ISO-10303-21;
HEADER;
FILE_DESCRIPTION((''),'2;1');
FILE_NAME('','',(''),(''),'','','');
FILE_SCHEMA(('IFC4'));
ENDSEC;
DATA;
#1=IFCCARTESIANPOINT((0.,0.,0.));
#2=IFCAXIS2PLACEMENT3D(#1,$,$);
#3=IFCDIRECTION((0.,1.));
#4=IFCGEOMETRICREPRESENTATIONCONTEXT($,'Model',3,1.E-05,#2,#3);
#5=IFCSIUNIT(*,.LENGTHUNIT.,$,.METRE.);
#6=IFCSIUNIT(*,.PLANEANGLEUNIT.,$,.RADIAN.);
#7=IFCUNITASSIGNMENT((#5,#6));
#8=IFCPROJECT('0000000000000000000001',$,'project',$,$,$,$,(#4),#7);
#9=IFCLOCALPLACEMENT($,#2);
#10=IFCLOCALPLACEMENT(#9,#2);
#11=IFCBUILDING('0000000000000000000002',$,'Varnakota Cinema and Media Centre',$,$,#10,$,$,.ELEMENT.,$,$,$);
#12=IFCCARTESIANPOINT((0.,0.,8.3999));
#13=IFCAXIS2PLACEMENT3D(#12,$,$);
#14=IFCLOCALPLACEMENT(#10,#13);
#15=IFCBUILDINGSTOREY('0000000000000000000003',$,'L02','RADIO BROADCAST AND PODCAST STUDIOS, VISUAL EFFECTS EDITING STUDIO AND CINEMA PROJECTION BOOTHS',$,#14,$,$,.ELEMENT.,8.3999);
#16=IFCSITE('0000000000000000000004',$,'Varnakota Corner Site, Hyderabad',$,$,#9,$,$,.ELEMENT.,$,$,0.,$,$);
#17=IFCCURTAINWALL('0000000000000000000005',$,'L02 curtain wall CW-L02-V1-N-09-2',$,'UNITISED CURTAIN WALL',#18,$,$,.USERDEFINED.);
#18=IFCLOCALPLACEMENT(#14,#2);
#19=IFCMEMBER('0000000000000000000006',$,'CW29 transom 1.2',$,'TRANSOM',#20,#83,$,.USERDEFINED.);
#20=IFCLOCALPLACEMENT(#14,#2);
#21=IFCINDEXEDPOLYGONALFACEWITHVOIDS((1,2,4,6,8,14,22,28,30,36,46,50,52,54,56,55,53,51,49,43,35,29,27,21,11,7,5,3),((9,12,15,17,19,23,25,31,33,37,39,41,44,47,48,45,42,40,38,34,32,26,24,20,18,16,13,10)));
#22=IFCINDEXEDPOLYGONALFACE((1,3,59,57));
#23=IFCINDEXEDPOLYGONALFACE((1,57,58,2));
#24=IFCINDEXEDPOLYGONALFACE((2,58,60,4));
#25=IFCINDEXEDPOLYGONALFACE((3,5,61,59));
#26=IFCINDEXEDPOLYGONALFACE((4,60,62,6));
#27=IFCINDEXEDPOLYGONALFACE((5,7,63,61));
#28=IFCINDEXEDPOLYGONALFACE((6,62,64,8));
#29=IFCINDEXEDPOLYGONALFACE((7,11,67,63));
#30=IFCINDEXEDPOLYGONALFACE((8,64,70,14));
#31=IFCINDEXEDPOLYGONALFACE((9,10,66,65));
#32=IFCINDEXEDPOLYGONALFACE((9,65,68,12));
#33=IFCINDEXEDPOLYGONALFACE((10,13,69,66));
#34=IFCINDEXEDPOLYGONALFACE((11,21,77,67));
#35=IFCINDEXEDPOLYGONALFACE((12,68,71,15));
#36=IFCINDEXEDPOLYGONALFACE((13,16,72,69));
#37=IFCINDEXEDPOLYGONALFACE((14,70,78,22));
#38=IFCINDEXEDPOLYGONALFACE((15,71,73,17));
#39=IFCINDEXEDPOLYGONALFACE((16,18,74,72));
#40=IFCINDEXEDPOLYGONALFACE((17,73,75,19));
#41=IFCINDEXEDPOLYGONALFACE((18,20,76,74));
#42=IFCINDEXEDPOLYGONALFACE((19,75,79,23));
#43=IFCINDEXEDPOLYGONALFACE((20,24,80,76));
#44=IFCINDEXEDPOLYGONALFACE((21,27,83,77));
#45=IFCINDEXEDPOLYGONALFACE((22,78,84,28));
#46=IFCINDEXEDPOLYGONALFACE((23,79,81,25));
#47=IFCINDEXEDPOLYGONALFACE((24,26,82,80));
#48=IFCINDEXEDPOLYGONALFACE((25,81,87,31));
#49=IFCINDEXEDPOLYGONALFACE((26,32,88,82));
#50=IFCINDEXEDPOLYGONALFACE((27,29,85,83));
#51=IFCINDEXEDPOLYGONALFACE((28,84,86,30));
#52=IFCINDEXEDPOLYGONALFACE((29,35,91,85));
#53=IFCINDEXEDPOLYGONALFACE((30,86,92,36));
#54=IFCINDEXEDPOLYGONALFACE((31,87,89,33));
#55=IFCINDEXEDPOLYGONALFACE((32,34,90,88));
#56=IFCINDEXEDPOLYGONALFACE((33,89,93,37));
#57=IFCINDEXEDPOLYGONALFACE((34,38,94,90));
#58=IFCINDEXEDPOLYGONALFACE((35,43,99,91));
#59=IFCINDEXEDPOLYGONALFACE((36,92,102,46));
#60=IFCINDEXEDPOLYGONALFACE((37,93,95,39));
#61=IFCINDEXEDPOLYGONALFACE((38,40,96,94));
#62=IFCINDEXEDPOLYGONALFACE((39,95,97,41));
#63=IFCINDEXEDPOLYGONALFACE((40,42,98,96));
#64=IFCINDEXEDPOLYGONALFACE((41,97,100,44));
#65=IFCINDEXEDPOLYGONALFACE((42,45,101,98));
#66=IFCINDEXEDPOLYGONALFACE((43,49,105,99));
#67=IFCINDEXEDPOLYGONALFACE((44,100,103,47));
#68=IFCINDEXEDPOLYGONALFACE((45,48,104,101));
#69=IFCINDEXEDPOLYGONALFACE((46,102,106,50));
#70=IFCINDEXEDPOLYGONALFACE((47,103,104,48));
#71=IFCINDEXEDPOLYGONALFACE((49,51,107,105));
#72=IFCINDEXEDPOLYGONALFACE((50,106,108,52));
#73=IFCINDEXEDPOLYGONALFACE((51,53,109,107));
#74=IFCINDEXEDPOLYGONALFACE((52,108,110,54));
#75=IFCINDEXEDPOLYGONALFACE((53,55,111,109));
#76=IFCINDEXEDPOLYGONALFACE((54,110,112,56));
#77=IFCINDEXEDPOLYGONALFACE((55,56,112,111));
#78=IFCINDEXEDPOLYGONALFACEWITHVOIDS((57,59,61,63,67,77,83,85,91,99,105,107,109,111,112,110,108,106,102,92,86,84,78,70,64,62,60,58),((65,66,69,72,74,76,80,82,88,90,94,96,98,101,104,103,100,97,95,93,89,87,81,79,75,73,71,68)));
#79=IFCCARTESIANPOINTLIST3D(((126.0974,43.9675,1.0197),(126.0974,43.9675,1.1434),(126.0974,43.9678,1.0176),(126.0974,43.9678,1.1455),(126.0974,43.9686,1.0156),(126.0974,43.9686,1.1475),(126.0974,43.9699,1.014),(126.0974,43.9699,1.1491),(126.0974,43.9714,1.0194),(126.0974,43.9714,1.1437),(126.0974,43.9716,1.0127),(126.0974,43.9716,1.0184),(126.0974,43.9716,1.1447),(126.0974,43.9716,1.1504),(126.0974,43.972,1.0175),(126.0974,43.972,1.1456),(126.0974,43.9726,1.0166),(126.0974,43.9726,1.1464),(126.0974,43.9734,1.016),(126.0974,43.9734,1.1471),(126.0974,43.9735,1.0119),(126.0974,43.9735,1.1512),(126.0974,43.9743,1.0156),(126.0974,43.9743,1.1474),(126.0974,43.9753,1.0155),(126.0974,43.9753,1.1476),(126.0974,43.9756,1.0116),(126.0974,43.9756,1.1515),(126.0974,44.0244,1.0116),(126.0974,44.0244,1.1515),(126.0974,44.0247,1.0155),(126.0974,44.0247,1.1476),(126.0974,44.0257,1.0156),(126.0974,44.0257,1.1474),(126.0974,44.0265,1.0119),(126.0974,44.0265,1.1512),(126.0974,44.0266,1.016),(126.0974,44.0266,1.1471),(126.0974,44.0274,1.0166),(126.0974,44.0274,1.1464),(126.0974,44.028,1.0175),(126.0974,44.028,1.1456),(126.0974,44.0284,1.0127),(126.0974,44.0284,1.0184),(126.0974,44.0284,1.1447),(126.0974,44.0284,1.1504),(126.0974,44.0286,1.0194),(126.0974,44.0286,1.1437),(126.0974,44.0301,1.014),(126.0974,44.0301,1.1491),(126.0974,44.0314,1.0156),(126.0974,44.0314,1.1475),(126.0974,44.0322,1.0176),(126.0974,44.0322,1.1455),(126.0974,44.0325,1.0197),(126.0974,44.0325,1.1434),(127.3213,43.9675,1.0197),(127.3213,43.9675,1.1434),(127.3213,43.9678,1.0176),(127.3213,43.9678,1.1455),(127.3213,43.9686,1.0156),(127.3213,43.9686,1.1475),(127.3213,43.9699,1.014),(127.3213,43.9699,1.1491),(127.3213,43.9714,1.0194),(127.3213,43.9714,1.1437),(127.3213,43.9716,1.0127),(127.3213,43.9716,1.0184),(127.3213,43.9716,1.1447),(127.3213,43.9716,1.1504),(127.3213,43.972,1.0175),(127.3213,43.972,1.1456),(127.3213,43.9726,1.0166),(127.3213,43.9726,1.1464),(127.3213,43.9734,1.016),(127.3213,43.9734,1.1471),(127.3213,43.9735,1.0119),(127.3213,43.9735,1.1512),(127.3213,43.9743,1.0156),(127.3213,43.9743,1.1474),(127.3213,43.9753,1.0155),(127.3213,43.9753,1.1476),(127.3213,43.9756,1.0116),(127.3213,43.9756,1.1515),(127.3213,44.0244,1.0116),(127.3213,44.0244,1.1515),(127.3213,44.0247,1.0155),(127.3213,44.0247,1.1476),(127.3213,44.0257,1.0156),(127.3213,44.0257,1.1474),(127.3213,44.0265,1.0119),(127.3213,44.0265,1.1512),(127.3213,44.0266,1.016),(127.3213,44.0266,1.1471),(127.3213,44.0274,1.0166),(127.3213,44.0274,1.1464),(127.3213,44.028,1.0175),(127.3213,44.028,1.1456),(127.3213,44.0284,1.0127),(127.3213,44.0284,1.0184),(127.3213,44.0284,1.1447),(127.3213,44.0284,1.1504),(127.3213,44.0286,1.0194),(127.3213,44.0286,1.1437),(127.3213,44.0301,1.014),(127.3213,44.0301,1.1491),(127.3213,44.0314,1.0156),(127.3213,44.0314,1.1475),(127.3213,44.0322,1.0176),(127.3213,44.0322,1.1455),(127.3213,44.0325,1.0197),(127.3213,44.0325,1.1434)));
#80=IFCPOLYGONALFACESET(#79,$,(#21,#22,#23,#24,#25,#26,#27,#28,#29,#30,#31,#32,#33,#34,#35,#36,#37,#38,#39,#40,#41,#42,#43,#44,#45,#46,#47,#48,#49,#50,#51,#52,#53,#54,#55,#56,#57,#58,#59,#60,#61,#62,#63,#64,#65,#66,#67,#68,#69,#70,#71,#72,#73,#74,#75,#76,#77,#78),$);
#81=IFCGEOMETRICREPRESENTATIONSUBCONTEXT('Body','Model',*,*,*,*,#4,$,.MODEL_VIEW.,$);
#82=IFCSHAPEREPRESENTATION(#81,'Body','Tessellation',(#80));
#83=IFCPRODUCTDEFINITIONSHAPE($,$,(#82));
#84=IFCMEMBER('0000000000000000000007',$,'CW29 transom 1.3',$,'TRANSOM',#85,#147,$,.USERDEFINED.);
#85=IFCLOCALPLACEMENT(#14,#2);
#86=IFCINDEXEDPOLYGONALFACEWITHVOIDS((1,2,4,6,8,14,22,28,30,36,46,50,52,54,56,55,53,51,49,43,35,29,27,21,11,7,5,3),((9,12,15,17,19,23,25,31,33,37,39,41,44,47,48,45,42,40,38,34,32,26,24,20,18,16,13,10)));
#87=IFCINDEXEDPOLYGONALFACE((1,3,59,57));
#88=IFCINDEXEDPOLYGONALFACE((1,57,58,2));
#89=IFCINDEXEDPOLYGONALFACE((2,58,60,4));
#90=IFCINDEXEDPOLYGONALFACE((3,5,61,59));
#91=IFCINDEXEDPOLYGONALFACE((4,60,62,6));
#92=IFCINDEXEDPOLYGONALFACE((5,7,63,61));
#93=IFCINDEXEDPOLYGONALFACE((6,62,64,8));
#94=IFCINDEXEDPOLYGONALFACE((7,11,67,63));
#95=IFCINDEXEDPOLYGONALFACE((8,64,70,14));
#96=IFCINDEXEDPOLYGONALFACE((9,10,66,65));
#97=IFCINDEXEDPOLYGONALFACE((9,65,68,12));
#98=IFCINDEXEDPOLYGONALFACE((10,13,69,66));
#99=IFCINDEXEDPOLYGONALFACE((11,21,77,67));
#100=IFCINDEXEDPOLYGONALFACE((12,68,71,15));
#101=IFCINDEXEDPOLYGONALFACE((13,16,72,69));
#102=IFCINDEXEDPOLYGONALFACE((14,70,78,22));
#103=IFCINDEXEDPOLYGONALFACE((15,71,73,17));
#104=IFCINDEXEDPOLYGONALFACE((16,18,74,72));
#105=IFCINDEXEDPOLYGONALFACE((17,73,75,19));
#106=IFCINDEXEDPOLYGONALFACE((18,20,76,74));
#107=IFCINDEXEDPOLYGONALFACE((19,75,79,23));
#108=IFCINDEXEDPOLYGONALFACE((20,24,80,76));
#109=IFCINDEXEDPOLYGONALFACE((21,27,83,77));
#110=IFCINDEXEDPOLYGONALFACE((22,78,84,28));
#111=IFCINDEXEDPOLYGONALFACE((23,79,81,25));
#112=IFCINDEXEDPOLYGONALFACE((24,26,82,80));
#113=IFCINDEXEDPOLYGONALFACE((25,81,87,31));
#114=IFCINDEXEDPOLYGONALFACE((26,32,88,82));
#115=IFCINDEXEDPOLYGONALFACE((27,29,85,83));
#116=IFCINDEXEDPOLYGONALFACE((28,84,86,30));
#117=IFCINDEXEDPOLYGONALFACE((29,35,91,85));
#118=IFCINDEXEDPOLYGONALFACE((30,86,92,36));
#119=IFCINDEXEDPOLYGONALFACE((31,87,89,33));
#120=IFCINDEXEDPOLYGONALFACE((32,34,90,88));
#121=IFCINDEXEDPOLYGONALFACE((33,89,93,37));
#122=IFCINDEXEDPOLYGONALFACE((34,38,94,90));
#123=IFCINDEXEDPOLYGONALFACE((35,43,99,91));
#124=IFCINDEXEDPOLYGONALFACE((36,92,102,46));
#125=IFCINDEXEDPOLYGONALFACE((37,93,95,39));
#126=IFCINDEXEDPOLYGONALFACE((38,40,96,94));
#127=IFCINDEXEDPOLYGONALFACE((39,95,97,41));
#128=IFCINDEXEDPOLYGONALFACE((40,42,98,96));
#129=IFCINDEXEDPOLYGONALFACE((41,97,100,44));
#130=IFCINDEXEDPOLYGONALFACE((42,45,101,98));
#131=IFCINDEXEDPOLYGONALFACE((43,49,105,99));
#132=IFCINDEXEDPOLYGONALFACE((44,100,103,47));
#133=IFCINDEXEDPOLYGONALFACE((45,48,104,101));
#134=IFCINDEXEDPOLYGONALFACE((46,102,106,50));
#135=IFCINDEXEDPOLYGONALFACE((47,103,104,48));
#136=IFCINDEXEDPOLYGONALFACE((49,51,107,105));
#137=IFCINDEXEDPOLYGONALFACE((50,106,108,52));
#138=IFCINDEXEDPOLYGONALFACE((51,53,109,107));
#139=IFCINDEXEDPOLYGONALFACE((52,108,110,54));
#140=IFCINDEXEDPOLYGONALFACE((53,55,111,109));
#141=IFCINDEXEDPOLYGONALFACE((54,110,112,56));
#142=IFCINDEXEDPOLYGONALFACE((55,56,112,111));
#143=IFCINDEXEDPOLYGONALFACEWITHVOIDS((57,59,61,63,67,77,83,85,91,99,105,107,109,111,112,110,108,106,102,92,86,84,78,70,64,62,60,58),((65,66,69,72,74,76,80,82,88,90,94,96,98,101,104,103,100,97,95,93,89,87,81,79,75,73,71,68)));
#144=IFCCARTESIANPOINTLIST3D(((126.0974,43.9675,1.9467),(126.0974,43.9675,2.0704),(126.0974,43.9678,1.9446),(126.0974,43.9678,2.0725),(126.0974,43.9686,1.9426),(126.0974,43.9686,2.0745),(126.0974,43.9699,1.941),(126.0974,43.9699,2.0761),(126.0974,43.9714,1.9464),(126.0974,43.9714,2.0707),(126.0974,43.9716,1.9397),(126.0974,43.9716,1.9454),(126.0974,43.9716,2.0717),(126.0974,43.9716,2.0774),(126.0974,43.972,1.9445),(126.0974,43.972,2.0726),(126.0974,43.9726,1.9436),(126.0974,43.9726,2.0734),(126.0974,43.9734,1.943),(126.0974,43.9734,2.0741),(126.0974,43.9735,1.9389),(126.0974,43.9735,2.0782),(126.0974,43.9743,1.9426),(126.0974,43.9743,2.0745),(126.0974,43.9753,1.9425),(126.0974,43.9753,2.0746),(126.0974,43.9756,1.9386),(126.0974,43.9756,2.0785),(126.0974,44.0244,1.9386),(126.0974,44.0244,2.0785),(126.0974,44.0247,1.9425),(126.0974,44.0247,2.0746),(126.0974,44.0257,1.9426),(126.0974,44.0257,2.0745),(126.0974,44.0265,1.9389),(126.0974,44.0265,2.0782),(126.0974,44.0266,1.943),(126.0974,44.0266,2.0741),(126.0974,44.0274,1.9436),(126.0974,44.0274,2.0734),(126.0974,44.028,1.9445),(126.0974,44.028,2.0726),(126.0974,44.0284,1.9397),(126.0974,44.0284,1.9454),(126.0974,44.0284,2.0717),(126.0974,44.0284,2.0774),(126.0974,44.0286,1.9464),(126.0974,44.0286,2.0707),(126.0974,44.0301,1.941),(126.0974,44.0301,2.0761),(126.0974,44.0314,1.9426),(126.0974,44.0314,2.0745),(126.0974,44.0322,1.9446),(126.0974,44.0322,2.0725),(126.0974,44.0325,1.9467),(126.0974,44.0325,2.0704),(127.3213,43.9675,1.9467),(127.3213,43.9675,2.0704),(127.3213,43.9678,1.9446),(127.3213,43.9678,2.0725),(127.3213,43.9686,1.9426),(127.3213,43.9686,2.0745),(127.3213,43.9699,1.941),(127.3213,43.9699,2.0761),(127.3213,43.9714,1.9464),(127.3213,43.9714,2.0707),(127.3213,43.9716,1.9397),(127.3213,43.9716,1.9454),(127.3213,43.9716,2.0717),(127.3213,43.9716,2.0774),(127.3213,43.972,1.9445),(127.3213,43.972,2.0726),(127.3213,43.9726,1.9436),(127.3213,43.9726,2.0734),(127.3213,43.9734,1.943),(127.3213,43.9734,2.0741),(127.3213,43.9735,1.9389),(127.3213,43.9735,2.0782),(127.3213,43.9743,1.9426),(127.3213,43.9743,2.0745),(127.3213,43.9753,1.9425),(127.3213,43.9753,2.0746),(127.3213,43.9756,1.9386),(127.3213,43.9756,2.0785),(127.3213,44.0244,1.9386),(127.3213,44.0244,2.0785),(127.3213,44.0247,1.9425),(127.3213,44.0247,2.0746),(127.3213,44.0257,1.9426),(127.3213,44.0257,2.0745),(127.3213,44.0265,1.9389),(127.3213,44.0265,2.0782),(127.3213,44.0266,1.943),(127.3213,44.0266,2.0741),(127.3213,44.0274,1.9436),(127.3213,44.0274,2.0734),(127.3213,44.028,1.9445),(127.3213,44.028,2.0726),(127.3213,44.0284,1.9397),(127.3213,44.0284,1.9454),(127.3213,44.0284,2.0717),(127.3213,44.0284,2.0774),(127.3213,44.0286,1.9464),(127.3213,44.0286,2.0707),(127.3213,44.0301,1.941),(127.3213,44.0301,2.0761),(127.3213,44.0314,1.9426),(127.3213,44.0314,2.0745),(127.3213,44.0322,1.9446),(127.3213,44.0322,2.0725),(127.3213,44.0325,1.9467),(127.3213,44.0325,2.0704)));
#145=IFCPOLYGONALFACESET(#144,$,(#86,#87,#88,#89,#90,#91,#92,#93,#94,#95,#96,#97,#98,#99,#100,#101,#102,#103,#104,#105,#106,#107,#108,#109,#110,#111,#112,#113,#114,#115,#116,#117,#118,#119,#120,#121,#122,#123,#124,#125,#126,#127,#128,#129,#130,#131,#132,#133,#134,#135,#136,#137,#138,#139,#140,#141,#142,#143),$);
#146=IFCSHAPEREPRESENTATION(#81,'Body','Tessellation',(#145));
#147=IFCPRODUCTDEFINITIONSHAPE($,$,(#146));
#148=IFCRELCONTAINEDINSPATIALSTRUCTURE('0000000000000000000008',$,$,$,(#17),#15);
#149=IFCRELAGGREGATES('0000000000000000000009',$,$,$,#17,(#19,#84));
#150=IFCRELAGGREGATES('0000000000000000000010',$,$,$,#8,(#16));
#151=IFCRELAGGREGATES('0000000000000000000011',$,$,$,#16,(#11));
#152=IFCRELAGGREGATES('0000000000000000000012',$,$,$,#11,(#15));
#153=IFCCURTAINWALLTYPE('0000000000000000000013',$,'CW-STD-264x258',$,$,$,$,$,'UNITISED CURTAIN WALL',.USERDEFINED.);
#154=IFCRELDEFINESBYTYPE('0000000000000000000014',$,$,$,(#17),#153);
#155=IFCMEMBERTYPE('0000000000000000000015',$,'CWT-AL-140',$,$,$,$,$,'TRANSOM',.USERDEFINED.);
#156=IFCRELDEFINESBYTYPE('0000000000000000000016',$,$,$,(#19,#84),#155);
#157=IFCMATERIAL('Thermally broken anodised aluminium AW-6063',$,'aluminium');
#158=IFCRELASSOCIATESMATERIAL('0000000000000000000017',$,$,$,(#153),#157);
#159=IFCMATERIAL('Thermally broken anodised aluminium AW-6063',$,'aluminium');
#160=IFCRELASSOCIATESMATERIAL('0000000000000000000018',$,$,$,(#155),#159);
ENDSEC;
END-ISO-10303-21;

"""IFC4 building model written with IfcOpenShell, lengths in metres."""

from ifc_helpers import new_model, si_unit, direction, frame, origin, origin_2d, place, context, subcontext, project, spatial, hollow_rectangle, extrude, material, material_profile, profile_set, type_object, element, aggregate, save


model = new_model("IFC4")

# Units and contexts
model_context = context("Model", 3, precision=1e-05, world=origin(), true_north=direction((0.0, 1.0)))
body_context = subcontext(model_context, "Body", "Model", "MODEL_VIEW")
ifc_project = project(units=[si_unit("LENGTHUNIT", "METRE"), si_unit("PLANEANGLEUNIT", "RADIAN")], contexts=[model_context])

# Site, building, storey
site_placement = place(None, origin())
site = spatial("IfcSite", under=ifc_project, at=site_placement, Name="Varnakota Corner Site, Hyderabad", CompositionType="ELEMENT", RefElevation=0.0)
building_placement = place(site_placement, origin())
building = spatial("IfcBuilding", under=site, at=building_placement, Name="Varnakota Cinema and Media Centre", CompositionType="ELEMENT")
storey_placement = place(building_placement, frame((0.0, 0.0, 8.3999)))
storey = spatial("IfcBuildingStorey", under=building, at=storey_placement, Name="L02", Description="RADIO BROADCAST AND PODCAST STUDIOS, VISUAL EFFECTS EDITING STUDIO AND CINEMA PROJECTION BOOTHS", CompositionType="ELEMENT", Elevation=8.3999)

# Shared definitions
ifc_material_1 = material(Name="Thermally broken anodised aluminium AW-6063", Category="aluminium")
curtain_wall_type = type_object("IfcCurtainWallType", Name="CW-STD-264x258", ElementType="UNITISED CURTAIN WALL", PredefinedType="USERDEFINED", material=ifc_material_1)

# Curtain wall
curtain_wall_1_placement = place(storey_placement, origin())
curtain_wall_1 = element("IfcCurtainWall", 1, at=curtain_wall_1_placement, inside=storey, type_object=curtain_wall_type, Name="L02 curtain wall CW-L02-V1-N-09-2", ObjectType="UNITISED CURTAIN WALL", PredefinedType="USERDEFINED")

# Members
ifc_material_2 = material(Name="Thermally broken anodised aluminium AW-6063", Category="aluminium")
ifc_material_profile_1 = material_profile(ifc_material_2, hollow_rectangle(XDim=0.0649, YDim=0.1399, WallThickness=0.0039, InnerFilletRadius=0.0039, OuterFilletRadius=0.0081, at=origin_2d()), Name="AL-TRANSOM 140x65x4")
ifc_profile_set_1 = profile_set([ifc_material_profile_1], Name="Thermally broken anodised aluminium AW-6063")
member_type_1 = type_object("IfcMemberType", Name="CWT-AL-140", ElementType="TRANSOM", PredefinedType="USERDEFINED", material=ifc_profile_set_1)
member_1_placement = place(storey_placement, frame((126.0974, 44.0, 1.0815), z_axis=(1.0, 0.0, 0.0), x_axis=(0.0, 1.0, 0.0)))
member_1 = element("IfcMember", 2, at=member_1_placement, type_object=member_type_1, Name="CW29 transom 1.2", ObjectType="TRANSOM", PredefinedType="USERDEFINED", context=body_context, shape_type="SweptSolid", body=[
    extrude(hollow_rectangle(XDim=0.0649, YDim=0.1399, WallThickness=0.0039, InnerFilletRadius=0.0039, OuterFilletRadius=0.0081, at=origin_2d()), origin(), (0.0, 0.0, 1.0), 1.2239),
])
member_2_placement = place(storey_placement, frame((126.0974, 44.0, 2.0085), z_axis=(1.0, 0.0, 0.0), x_axis=(0.0, 1.0, 0.0)))
member_2 = element("IfcMember", 3, at=member_2_placement, type_object=member_type_1, Name="CW29 transom 1.3", ObjectType="TRANSOM", PredefinedType="USERDEFINED", context=body_context, shape_type="SweptSolid", body=[
    extrude(hollow_rectangle(XDim=0.0649, YDim=0.1399, WallThickness=0.0039, InnerFilletRadius=0.0039, OuterFilletRadius=0.0081, at=origin_2d()), origin(), (0.0, 0.0, 1.0), 1.2239),
])
aggregate(curtain_wall_1, [member_1, member_2])

save(model, "model.ifc")
